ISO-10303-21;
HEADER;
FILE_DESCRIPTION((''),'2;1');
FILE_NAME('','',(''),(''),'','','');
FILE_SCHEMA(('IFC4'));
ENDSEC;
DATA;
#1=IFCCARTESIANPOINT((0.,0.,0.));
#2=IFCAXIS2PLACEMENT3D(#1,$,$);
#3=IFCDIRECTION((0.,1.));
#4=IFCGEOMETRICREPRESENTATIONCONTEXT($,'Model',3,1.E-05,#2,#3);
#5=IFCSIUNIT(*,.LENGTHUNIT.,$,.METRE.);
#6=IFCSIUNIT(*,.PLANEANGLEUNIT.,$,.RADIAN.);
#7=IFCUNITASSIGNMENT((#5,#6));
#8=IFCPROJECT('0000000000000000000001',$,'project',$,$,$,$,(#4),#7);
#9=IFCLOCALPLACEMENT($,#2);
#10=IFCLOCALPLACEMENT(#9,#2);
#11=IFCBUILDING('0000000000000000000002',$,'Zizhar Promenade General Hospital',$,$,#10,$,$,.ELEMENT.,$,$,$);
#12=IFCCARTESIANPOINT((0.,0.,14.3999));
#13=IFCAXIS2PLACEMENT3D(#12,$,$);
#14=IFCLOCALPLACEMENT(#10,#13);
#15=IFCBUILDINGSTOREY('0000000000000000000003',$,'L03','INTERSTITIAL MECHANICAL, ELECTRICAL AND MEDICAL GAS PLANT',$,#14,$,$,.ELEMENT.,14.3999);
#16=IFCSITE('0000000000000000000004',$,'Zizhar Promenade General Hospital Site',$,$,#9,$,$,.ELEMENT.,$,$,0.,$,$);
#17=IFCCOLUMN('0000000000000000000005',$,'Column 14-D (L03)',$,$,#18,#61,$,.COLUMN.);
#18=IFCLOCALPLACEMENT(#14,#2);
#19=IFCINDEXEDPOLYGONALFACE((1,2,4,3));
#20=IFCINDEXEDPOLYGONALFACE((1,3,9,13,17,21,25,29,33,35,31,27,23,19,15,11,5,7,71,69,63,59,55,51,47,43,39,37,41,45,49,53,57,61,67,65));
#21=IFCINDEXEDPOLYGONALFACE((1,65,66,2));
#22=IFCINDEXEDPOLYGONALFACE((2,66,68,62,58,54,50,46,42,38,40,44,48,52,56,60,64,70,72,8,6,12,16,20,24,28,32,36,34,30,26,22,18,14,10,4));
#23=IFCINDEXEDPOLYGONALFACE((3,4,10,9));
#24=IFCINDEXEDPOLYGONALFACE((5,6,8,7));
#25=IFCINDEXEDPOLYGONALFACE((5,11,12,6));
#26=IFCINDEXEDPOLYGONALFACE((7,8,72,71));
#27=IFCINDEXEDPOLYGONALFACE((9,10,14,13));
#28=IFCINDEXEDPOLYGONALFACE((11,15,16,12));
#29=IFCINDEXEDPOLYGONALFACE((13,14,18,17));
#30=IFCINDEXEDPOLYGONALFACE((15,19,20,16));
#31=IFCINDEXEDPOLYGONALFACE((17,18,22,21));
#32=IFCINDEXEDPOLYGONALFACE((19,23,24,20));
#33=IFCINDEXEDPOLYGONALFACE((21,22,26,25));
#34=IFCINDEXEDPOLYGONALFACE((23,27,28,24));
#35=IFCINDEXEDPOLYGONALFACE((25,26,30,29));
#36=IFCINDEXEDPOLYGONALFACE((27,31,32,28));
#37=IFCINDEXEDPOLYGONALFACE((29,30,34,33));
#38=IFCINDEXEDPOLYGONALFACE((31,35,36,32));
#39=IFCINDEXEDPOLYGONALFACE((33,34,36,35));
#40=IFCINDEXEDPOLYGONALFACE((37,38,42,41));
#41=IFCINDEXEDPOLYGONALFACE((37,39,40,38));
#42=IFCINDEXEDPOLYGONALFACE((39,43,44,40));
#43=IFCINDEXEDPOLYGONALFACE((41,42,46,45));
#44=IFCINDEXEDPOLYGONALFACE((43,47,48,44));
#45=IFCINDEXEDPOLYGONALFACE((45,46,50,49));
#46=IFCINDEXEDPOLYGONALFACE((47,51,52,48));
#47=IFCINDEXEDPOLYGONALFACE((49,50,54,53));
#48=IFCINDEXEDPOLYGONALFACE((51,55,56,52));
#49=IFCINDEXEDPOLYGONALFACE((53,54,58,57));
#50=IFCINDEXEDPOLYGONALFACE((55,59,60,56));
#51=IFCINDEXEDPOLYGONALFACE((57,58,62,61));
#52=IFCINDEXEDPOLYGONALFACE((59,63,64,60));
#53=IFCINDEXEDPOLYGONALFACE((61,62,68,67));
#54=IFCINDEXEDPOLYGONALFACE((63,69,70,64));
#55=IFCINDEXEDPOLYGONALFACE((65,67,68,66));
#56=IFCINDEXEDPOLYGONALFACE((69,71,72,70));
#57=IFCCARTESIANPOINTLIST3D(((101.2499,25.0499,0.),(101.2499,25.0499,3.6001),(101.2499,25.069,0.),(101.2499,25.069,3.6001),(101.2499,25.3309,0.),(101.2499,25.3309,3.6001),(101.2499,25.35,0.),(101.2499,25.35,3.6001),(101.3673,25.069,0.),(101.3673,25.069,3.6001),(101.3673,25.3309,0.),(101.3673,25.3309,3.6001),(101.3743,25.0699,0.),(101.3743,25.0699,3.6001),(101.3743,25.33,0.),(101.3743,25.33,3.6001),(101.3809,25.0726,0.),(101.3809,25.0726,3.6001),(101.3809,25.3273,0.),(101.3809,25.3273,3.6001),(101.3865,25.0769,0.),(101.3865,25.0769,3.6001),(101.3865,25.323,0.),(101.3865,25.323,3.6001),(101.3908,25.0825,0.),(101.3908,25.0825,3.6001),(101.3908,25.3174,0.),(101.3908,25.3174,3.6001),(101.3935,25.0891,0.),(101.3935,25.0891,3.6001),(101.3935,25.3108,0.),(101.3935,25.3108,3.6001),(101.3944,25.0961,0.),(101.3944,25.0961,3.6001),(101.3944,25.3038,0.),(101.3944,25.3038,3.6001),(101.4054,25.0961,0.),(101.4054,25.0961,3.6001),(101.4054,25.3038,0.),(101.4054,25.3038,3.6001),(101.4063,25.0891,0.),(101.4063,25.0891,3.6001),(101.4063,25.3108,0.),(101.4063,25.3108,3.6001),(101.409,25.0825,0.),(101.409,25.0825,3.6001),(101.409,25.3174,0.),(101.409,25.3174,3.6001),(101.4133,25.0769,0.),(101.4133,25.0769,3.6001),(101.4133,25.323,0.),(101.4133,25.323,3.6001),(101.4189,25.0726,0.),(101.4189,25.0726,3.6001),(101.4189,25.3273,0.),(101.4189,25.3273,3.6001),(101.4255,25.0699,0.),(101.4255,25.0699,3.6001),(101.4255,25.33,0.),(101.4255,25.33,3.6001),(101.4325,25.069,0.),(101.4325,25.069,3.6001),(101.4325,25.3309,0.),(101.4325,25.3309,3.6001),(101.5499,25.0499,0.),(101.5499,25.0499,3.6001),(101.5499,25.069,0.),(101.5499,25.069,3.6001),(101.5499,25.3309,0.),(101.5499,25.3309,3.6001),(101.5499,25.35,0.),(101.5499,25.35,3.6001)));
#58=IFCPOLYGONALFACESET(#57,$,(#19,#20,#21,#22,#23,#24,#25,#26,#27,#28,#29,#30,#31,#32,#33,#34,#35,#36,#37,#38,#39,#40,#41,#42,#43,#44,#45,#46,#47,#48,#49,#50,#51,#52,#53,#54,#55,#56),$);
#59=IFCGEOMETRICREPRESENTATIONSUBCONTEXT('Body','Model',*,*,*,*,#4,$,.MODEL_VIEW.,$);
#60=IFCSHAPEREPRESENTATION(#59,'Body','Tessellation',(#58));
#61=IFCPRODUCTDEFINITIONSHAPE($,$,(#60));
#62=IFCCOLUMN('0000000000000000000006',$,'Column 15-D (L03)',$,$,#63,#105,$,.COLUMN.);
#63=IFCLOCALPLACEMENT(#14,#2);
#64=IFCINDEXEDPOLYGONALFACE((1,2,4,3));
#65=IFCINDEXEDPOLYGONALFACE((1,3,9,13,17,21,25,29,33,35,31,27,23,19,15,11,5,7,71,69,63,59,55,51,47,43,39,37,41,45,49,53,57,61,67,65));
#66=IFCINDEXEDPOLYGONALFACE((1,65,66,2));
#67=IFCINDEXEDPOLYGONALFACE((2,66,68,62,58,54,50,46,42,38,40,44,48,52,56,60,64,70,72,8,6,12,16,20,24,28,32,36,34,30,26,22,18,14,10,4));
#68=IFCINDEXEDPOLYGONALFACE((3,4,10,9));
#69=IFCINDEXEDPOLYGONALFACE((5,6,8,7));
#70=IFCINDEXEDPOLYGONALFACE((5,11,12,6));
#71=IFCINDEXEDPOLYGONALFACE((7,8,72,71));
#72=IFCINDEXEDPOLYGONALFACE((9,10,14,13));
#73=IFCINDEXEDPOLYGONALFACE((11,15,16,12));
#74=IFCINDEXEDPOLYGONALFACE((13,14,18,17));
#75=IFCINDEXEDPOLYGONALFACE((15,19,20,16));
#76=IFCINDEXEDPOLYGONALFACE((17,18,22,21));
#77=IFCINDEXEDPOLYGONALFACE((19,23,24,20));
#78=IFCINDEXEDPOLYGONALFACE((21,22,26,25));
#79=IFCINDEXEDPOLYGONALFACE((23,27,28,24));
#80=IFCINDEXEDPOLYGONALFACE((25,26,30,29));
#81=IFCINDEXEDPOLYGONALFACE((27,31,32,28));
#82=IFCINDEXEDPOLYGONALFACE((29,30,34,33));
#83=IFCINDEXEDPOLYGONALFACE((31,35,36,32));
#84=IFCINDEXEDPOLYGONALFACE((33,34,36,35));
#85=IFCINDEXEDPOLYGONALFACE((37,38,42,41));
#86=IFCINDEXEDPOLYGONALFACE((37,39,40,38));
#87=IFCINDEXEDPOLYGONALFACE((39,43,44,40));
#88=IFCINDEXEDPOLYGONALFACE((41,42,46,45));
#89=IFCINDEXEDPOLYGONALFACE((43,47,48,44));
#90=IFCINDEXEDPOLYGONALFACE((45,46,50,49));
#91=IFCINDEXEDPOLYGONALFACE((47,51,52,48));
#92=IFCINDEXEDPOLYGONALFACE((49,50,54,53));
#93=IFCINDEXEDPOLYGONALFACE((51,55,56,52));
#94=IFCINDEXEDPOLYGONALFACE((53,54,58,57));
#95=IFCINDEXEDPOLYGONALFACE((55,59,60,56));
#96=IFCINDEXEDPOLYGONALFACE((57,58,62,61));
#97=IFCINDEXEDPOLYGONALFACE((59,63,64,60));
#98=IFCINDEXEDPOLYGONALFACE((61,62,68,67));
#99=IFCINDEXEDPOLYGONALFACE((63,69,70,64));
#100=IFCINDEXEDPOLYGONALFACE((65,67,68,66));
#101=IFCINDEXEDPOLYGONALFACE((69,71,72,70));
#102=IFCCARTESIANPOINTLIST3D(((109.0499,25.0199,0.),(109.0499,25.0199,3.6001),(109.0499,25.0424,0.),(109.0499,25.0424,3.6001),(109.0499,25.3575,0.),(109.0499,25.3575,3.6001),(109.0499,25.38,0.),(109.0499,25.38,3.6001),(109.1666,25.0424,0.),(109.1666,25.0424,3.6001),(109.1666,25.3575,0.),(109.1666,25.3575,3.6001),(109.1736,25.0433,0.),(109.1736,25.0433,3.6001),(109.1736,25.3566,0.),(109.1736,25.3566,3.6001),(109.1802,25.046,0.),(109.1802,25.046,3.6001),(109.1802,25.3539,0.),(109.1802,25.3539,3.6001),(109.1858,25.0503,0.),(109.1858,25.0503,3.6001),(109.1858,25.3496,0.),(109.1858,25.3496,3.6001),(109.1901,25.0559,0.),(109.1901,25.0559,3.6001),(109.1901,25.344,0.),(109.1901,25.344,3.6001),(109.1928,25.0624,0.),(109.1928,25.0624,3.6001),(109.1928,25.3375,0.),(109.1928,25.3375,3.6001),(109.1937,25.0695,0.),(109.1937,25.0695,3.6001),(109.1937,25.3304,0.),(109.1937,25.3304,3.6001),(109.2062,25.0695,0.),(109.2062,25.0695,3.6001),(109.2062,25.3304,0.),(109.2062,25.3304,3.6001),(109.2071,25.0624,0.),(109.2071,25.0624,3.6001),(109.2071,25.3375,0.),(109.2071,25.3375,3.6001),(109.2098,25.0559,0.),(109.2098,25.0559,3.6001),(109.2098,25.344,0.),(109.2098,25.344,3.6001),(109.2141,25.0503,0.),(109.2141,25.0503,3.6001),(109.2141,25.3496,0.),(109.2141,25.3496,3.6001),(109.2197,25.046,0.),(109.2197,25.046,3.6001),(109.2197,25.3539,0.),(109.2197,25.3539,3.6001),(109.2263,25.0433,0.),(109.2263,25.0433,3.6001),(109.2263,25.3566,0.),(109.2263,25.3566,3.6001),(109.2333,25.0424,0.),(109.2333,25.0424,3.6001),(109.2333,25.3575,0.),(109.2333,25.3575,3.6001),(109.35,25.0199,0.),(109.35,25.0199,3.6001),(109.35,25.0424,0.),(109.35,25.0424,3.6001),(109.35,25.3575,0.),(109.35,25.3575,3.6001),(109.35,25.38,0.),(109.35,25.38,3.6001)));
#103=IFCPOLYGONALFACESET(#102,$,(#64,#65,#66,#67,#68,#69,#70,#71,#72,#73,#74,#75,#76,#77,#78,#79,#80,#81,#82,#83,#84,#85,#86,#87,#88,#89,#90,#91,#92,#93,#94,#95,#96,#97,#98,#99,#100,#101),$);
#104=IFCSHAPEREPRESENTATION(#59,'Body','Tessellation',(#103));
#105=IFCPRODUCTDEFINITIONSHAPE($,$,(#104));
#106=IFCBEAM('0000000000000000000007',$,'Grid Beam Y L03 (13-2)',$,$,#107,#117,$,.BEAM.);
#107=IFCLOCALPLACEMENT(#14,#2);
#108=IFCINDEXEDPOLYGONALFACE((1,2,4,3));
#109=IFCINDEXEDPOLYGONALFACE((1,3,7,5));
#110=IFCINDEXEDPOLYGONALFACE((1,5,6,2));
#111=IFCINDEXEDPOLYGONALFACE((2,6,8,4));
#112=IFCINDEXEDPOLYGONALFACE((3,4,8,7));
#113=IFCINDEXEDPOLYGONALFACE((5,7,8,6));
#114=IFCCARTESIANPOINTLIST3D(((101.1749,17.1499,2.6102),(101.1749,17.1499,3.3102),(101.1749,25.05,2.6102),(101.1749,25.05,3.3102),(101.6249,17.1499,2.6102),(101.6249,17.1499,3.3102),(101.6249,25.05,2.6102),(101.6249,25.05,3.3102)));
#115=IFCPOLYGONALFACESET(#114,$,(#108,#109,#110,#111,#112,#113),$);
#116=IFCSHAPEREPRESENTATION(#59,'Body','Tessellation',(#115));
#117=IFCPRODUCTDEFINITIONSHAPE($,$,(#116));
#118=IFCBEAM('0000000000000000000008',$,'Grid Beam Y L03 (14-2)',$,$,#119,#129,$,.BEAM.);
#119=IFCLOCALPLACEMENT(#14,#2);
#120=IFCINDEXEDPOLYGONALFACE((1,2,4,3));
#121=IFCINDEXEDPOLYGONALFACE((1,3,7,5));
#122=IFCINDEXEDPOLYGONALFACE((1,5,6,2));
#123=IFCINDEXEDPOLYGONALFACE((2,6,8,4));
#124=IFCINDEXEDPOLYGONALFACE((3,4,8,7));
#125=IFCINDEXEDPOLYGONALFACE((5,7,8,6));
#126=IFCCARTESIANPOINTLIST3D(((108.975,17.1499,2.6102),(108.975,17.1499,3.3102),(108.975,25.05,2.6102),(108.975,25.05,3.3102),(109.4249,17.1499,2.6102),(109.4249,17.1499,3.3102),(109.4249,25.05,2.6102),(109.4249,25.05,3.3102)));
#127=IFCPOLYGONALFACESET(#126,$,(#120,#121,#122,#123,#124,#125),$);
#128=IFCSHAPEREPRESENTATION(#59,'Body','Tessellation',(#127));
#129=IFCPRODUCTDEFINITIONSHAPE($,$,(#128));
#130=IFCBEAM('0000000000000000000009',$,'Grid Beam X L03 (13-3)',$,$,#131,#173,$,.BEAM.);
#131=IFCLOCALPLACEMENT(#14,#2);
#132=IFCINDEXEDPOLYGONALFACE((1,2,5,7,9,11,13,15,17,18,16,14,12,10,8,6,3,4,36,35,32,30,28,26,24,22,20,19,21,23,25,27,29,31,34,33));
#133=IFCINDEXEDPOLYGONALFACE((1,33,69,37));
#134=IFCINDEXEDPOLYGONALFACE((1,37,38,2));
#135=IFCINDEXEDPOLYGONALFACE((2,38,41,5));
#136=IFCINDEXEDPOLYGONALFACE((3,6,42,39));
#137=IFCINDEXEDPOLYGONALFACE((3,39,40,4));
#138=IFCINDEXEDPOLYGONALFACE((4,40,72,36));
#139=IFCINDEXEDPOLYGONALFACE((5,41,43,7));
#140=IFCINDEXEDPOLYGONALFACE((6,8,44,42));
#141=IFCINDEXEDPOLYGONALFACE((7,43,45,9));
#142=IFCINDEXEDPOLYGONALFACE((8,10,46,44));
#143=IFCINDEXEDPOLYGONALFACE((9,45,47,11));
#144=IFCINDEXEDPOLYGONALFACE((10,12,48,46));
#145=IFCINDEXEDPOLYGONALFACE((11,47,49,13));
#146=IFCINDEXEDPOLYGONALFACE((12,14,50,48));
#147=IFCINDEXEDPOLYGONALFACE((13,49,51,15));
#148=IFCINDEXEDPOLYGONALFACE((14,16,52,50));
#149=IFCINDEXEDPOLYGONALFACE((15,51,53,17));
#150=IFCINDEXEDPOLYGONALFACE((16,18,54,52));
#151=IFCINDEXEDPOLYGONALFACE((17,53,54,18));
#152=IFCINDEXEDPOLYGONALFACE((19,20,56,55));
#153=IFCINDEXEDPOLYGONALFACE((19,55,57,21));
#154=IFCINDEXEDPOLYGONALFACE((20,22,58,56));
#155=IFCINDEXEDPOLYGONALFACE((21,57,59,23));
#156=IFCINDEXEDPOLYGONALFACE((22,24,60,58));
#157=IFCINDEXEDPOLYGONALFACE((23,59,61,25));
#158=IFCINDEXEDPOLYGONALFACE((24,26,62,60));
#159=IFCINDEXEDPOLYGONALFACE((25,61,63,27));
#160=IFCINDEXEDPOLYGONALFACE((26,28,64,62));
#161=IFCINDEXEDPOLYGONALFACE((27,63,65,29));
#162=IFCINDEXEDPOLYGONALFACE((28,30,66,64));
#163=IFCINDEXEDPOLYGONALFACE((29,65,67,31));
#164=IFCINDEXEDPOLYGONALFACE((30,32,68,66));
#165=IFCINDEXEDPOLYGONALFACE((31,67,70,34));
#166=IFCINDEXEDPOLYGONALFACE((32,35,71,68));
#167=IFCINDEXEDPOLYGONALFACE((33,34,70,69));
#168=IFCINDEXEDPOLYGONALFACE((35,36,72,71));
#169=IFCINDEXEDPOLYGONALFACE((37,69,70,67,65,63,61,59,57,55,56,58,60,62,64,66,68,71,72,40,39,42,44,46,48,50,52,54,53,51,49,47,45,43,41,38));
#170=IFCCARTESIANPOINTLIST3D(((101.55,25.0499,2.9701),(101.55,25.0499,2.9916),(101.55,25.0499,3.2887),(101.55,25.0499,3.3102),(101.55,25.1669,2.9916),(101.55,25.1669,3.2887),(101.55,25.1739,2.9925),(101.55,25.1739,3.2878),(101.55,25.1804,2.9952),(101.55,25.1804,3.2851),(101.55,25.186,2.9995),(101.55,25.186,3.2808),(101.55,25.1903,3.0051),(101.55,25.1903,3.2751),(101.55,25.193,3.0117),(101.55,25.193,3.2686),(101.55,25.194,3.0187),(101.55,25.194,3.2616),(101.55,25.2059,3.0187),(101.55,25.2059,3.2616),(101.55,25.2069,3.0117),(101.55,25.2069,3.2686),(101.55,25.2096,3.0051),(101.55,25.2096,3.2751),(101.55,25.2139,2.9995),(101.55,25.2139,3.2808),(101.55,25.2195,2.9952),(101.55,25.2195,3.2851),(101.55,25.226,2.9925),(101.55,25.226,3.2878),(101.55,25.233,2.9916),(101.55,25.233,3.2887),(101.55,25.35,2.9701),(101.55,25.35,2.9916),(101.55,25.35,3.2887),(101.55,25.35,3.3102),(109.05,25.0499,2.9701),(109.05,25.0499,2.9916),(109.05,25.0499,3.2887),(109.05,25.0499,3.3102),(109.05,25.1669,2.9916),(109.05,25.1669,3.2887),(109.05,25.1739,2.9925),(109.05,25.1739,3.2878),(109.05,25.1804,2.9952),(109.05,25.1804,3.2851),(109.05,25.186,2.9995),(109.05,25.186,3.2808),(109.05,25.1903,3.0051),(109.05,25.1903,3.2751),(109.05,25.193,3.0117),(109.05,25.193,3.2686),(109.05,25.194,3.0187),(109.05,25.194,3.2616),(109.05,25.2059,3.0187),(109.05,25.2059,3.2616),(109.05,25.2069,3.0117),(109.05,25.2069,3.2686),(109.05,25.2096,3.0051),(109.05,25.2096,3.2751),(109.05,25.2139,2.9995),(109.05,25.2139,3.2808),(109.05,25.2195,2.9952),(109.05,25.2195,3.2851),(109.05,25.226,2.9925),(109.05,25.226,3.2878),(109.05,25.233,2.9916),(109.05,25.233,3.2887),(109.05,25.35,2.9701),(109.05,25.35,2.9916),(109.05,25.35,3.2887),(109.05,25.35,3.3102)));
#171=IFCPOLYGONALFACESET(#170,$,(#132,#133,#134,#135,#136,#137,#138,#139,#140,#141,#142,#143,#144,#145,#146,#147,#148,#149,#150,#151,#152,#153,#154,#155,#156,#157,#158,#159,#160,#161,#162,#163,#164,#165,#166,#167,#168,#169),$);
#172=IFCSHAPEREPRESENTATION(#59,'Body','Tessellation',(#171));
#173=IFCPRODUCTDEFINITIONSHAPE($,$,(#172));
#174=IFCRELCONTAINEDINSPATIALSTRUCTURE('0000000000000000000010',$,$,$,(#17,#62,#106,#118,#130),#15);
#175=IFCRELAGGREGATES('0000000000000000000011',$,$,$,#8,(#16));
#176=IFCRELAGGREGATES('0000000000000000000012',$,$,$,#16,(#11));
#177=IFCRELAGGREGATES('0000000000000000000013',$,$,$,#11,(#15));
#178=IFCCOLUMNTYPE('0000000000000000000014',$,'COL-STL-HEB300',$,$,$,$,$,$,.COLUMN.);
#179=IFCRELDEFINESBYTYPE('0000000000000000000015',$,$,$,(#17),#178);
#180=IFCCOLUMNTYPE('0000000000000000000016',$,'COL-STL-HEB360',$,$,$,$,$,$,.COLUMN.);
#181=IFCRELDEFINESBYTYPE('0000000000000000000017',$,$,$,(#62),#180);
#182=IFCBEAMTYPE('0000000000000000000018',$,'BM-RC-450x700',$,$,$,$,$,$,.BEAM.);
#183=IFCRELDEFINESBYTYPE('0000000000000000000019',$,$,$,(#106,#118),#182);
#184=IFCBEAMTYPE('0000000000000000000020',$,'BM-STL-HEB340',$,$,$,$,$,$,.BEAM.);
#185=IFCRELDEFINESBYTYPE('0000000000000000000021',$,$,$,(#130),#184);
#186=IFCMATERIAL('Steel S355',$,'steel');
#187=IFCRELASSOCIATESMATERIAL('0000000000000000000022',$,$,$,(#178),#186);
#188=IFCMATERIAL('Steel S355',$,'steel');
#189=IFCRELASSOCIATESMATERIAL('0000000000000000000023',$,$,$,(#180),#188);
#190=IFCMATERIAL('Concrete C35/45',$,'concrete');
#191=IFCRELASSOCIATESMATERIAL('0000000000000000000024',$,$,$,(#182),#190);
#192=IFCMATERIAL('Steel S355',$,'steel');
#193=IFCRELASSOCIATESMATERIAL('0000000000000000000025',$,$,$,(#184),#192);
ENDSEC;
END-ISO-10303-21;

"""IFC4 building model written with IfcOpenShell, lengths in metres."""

from ifc_helpers import new_model, si_unit, direction, frame, origin, origin_2d, place, context, subcontext, project, spatial, rectangle, i_section, extrude, material, material_profile, profile_set, type_object, element, save


model = new_model("IFC4")

# Units and contexts
model_context = context("Model", 3, precision=1e-05, world=origin(), true_north=direction((0.0, 1.0)))
body_context = subcontext(model_context, "Body", "Model", "MODEL_VIEW")
ifc_project = project(units=[si_unit("LENGTHUNIT", "METRE"), si_unit("PLANEANGLEUNIT", "RADIAN")], contexts=[model_context])

# Site, building, storey
site_placement = place(None, origin())
site = spatial("IfcSite", under=ifc_project, at=site_placement, Name="Zizhar Promenade General Hospital Site", CompositionType="ELEMENT", RefElevation=0.0)
building_placement = place(site_placement, origin())
building = spatial("IfcBuilding", under=site, at=building_placement, Name="Zizhar Promenade General Hospital", CompositionType="ELEMENT")
storey_placement = place(building_placement, frame((0.0, 0.0, 14.3999)))
storey = spatial("IfcBuildingStorey", under=building, at=storey_placement, Name="L03", Description="INTERSTITIAL MECHANICAL, ELECTRICAL AND MEDICAL GAS PLANT", CompositionType="ELEMENT", Elevation=14.3999)

# Columns
ifc_material_1 = material(Name="Steel S355", Category="steel")
ifc_material_profile_1 = material_profile(ifc_material_1, i_section(OverallWidth=0.3, OverallDepth=0.3, WebThickness=0.011, FlangeThickness=0.019, FilletRadius=0.0271, at=origin_2d()))
ifc_profile_set_1 = profile_set([ifc_material_profile_1], Name="Steel S355")
column_type_1 = type_object("IfcColumnType", Name="COL-STL-HEB300", PredefinedType="COLUMN", material=ifc_profile_set_1)
column_1_placement = place(storey_placement, frame((101.3999, 25.2, 0.0), z_axis=(0.0, 0.0, 1.0), x_axis=(1.0, 0.0, 0.0)))
element("IfcColumn", 1, at=column_1_placement, inside=storey, type_object=column_type_1, Name="Column 14-D (L03)", PredefinedType="COLUMN", context=body_context, shape_type="SweptSolid", body=[
    extrude(i_section(OverallWidth=0.3, OverallDepth=0.3, WebThickness=0.011, FlangeThickness=0.019, FilletRadius=0.0271, at=origin_2d()), origin(), (0.0, 0.0, 1.0), 3.6001),
])
ifc_material_2 = material(Name="Steel S355", Category="steel")
ifc_material_profile_2 = material_profile(ifc_material_2, i_section(OverallWidth=0.3, OverallDepth=0.3601, WebThickness=0.0125, FlangeThickness=0.0225, FilletRadius=0.0271, at=origin_2d()))
ifc_profile_set_2 = profile_set([ifc_material_profile_2], Name="Steel S355")
column_type_2 = type_object("IfcColumnType", Name="COL-STL-HEB360", PredefinedType="COLUMN", material=ifc_profile_set_2)
column_2_placement = place(storey_placement, frame((109.2, 25.2, 0.0), z_axis=(0.0, 0.0, 1.0), x_axis=(1.0, 0.0, 0.0)))
element("IfcColumn", 2, at=column_2_placement, inside=storey, type_object=column_type_2, Name="Column 15-D (L03)", PredefinedType="COLUMN", context=body_context, shape_type="SweptSolid", body=[
    extrude(i_section(OverallWidth=0.3, OverallDepth=0.3601, WebThickness=0.0125, FlangeThickness=0.0225, FilletRadius=0.0271, at=origin_2d()), origin(), (0.0, 0.0, 1.0), 3.6001),
])

# Beams
ifc_material_3 = material(Name="Concrete C35/45", Category="concrete")
ifc_material_profile_3 = material_profile(ifc_material_3, rectangle(XDim=0.45, YDim=0.7, at=origin_2d()))
ifc_profile_set_3 = profile_set([ifc_material_profile_3], Name="Concrete C35/45")
beam_type_1 = type_object("IfcBeamType", Name="BM-RC-450x700", PredefinedType="BEAM", material=ifc_profile_set_3)
for number, where, z_axis, x_axis, name in (
    (3, (101.3999, 17.1499, 2.9602), (0.0, 1.0, 0.0), (-1.0, 0.0, 0.0), "Grid Beam Y L03 (13-2)"),
    (4, (109.2, 17.1499, 2.9602), (0.0, 1.0, 0.0), (-1.0, 0.0, 0.0), "Grid Beam Y L03 (14-2)"),
):
    element("IfcBeam", number, at=place(storey_placement, frame(where, z_axis=z_axis, x_axis=x_axis)), inside=storey, type_object=beam_type_1, Name=name, PredefinedType="BEAM", context=body_context, shape_type="SweptSolid", body=[
        extrude(rectangle(XDim=0.45, YDim=0.7, at=origin_2d()), origin(), (0.0, 0.0, 1.0), 7.9001),
    ])
ifc_material_4 = material(Name="Steel S355", Category="steel")
ifc_material_profile_4 = material_profile(ifc_material_4, i_section(OverallWidth=0.3, OverallDepth=0.3401, WebThickness=0.012, FlangeThickness=0.0215, FilletRadius=0.0271, at=origin_2d()))
ifc_profile_set_4 = profile_set([ifc_material_profile_4], Name="Steel S355")
beam_type_2 = type_object("IfcBeamType", Name="BM-STL-HEB340", PredefinedType="BEAM", material=ifc_profile_set_4)
beam_1_placement = place(storey_placement, frame((101.55, 25.2, 3.1401), z_axis=(1.0, 0.0, 0.0), x_axis=(0.0, 1.0, 0.0)))
element("IfcBeam", 5, at=beam_1_placement, inside=storey, type_object=beam_type_2, Name="Grid Beam X L03 (13-3)", PredefinedType="BEAM", context=body_context, shape_type="SweptSolid", body=[
    extrude(i_section(OverallWidth=0.3, OverallDepth=0.3401, WebThickness=0.012, FlangeThickness=0.0215, FilletRadius=0.0271, at=origin_2d()), origin(), (0.0, 0.0, 1.0), 7.5),
])

save(model, "model.ifc")
